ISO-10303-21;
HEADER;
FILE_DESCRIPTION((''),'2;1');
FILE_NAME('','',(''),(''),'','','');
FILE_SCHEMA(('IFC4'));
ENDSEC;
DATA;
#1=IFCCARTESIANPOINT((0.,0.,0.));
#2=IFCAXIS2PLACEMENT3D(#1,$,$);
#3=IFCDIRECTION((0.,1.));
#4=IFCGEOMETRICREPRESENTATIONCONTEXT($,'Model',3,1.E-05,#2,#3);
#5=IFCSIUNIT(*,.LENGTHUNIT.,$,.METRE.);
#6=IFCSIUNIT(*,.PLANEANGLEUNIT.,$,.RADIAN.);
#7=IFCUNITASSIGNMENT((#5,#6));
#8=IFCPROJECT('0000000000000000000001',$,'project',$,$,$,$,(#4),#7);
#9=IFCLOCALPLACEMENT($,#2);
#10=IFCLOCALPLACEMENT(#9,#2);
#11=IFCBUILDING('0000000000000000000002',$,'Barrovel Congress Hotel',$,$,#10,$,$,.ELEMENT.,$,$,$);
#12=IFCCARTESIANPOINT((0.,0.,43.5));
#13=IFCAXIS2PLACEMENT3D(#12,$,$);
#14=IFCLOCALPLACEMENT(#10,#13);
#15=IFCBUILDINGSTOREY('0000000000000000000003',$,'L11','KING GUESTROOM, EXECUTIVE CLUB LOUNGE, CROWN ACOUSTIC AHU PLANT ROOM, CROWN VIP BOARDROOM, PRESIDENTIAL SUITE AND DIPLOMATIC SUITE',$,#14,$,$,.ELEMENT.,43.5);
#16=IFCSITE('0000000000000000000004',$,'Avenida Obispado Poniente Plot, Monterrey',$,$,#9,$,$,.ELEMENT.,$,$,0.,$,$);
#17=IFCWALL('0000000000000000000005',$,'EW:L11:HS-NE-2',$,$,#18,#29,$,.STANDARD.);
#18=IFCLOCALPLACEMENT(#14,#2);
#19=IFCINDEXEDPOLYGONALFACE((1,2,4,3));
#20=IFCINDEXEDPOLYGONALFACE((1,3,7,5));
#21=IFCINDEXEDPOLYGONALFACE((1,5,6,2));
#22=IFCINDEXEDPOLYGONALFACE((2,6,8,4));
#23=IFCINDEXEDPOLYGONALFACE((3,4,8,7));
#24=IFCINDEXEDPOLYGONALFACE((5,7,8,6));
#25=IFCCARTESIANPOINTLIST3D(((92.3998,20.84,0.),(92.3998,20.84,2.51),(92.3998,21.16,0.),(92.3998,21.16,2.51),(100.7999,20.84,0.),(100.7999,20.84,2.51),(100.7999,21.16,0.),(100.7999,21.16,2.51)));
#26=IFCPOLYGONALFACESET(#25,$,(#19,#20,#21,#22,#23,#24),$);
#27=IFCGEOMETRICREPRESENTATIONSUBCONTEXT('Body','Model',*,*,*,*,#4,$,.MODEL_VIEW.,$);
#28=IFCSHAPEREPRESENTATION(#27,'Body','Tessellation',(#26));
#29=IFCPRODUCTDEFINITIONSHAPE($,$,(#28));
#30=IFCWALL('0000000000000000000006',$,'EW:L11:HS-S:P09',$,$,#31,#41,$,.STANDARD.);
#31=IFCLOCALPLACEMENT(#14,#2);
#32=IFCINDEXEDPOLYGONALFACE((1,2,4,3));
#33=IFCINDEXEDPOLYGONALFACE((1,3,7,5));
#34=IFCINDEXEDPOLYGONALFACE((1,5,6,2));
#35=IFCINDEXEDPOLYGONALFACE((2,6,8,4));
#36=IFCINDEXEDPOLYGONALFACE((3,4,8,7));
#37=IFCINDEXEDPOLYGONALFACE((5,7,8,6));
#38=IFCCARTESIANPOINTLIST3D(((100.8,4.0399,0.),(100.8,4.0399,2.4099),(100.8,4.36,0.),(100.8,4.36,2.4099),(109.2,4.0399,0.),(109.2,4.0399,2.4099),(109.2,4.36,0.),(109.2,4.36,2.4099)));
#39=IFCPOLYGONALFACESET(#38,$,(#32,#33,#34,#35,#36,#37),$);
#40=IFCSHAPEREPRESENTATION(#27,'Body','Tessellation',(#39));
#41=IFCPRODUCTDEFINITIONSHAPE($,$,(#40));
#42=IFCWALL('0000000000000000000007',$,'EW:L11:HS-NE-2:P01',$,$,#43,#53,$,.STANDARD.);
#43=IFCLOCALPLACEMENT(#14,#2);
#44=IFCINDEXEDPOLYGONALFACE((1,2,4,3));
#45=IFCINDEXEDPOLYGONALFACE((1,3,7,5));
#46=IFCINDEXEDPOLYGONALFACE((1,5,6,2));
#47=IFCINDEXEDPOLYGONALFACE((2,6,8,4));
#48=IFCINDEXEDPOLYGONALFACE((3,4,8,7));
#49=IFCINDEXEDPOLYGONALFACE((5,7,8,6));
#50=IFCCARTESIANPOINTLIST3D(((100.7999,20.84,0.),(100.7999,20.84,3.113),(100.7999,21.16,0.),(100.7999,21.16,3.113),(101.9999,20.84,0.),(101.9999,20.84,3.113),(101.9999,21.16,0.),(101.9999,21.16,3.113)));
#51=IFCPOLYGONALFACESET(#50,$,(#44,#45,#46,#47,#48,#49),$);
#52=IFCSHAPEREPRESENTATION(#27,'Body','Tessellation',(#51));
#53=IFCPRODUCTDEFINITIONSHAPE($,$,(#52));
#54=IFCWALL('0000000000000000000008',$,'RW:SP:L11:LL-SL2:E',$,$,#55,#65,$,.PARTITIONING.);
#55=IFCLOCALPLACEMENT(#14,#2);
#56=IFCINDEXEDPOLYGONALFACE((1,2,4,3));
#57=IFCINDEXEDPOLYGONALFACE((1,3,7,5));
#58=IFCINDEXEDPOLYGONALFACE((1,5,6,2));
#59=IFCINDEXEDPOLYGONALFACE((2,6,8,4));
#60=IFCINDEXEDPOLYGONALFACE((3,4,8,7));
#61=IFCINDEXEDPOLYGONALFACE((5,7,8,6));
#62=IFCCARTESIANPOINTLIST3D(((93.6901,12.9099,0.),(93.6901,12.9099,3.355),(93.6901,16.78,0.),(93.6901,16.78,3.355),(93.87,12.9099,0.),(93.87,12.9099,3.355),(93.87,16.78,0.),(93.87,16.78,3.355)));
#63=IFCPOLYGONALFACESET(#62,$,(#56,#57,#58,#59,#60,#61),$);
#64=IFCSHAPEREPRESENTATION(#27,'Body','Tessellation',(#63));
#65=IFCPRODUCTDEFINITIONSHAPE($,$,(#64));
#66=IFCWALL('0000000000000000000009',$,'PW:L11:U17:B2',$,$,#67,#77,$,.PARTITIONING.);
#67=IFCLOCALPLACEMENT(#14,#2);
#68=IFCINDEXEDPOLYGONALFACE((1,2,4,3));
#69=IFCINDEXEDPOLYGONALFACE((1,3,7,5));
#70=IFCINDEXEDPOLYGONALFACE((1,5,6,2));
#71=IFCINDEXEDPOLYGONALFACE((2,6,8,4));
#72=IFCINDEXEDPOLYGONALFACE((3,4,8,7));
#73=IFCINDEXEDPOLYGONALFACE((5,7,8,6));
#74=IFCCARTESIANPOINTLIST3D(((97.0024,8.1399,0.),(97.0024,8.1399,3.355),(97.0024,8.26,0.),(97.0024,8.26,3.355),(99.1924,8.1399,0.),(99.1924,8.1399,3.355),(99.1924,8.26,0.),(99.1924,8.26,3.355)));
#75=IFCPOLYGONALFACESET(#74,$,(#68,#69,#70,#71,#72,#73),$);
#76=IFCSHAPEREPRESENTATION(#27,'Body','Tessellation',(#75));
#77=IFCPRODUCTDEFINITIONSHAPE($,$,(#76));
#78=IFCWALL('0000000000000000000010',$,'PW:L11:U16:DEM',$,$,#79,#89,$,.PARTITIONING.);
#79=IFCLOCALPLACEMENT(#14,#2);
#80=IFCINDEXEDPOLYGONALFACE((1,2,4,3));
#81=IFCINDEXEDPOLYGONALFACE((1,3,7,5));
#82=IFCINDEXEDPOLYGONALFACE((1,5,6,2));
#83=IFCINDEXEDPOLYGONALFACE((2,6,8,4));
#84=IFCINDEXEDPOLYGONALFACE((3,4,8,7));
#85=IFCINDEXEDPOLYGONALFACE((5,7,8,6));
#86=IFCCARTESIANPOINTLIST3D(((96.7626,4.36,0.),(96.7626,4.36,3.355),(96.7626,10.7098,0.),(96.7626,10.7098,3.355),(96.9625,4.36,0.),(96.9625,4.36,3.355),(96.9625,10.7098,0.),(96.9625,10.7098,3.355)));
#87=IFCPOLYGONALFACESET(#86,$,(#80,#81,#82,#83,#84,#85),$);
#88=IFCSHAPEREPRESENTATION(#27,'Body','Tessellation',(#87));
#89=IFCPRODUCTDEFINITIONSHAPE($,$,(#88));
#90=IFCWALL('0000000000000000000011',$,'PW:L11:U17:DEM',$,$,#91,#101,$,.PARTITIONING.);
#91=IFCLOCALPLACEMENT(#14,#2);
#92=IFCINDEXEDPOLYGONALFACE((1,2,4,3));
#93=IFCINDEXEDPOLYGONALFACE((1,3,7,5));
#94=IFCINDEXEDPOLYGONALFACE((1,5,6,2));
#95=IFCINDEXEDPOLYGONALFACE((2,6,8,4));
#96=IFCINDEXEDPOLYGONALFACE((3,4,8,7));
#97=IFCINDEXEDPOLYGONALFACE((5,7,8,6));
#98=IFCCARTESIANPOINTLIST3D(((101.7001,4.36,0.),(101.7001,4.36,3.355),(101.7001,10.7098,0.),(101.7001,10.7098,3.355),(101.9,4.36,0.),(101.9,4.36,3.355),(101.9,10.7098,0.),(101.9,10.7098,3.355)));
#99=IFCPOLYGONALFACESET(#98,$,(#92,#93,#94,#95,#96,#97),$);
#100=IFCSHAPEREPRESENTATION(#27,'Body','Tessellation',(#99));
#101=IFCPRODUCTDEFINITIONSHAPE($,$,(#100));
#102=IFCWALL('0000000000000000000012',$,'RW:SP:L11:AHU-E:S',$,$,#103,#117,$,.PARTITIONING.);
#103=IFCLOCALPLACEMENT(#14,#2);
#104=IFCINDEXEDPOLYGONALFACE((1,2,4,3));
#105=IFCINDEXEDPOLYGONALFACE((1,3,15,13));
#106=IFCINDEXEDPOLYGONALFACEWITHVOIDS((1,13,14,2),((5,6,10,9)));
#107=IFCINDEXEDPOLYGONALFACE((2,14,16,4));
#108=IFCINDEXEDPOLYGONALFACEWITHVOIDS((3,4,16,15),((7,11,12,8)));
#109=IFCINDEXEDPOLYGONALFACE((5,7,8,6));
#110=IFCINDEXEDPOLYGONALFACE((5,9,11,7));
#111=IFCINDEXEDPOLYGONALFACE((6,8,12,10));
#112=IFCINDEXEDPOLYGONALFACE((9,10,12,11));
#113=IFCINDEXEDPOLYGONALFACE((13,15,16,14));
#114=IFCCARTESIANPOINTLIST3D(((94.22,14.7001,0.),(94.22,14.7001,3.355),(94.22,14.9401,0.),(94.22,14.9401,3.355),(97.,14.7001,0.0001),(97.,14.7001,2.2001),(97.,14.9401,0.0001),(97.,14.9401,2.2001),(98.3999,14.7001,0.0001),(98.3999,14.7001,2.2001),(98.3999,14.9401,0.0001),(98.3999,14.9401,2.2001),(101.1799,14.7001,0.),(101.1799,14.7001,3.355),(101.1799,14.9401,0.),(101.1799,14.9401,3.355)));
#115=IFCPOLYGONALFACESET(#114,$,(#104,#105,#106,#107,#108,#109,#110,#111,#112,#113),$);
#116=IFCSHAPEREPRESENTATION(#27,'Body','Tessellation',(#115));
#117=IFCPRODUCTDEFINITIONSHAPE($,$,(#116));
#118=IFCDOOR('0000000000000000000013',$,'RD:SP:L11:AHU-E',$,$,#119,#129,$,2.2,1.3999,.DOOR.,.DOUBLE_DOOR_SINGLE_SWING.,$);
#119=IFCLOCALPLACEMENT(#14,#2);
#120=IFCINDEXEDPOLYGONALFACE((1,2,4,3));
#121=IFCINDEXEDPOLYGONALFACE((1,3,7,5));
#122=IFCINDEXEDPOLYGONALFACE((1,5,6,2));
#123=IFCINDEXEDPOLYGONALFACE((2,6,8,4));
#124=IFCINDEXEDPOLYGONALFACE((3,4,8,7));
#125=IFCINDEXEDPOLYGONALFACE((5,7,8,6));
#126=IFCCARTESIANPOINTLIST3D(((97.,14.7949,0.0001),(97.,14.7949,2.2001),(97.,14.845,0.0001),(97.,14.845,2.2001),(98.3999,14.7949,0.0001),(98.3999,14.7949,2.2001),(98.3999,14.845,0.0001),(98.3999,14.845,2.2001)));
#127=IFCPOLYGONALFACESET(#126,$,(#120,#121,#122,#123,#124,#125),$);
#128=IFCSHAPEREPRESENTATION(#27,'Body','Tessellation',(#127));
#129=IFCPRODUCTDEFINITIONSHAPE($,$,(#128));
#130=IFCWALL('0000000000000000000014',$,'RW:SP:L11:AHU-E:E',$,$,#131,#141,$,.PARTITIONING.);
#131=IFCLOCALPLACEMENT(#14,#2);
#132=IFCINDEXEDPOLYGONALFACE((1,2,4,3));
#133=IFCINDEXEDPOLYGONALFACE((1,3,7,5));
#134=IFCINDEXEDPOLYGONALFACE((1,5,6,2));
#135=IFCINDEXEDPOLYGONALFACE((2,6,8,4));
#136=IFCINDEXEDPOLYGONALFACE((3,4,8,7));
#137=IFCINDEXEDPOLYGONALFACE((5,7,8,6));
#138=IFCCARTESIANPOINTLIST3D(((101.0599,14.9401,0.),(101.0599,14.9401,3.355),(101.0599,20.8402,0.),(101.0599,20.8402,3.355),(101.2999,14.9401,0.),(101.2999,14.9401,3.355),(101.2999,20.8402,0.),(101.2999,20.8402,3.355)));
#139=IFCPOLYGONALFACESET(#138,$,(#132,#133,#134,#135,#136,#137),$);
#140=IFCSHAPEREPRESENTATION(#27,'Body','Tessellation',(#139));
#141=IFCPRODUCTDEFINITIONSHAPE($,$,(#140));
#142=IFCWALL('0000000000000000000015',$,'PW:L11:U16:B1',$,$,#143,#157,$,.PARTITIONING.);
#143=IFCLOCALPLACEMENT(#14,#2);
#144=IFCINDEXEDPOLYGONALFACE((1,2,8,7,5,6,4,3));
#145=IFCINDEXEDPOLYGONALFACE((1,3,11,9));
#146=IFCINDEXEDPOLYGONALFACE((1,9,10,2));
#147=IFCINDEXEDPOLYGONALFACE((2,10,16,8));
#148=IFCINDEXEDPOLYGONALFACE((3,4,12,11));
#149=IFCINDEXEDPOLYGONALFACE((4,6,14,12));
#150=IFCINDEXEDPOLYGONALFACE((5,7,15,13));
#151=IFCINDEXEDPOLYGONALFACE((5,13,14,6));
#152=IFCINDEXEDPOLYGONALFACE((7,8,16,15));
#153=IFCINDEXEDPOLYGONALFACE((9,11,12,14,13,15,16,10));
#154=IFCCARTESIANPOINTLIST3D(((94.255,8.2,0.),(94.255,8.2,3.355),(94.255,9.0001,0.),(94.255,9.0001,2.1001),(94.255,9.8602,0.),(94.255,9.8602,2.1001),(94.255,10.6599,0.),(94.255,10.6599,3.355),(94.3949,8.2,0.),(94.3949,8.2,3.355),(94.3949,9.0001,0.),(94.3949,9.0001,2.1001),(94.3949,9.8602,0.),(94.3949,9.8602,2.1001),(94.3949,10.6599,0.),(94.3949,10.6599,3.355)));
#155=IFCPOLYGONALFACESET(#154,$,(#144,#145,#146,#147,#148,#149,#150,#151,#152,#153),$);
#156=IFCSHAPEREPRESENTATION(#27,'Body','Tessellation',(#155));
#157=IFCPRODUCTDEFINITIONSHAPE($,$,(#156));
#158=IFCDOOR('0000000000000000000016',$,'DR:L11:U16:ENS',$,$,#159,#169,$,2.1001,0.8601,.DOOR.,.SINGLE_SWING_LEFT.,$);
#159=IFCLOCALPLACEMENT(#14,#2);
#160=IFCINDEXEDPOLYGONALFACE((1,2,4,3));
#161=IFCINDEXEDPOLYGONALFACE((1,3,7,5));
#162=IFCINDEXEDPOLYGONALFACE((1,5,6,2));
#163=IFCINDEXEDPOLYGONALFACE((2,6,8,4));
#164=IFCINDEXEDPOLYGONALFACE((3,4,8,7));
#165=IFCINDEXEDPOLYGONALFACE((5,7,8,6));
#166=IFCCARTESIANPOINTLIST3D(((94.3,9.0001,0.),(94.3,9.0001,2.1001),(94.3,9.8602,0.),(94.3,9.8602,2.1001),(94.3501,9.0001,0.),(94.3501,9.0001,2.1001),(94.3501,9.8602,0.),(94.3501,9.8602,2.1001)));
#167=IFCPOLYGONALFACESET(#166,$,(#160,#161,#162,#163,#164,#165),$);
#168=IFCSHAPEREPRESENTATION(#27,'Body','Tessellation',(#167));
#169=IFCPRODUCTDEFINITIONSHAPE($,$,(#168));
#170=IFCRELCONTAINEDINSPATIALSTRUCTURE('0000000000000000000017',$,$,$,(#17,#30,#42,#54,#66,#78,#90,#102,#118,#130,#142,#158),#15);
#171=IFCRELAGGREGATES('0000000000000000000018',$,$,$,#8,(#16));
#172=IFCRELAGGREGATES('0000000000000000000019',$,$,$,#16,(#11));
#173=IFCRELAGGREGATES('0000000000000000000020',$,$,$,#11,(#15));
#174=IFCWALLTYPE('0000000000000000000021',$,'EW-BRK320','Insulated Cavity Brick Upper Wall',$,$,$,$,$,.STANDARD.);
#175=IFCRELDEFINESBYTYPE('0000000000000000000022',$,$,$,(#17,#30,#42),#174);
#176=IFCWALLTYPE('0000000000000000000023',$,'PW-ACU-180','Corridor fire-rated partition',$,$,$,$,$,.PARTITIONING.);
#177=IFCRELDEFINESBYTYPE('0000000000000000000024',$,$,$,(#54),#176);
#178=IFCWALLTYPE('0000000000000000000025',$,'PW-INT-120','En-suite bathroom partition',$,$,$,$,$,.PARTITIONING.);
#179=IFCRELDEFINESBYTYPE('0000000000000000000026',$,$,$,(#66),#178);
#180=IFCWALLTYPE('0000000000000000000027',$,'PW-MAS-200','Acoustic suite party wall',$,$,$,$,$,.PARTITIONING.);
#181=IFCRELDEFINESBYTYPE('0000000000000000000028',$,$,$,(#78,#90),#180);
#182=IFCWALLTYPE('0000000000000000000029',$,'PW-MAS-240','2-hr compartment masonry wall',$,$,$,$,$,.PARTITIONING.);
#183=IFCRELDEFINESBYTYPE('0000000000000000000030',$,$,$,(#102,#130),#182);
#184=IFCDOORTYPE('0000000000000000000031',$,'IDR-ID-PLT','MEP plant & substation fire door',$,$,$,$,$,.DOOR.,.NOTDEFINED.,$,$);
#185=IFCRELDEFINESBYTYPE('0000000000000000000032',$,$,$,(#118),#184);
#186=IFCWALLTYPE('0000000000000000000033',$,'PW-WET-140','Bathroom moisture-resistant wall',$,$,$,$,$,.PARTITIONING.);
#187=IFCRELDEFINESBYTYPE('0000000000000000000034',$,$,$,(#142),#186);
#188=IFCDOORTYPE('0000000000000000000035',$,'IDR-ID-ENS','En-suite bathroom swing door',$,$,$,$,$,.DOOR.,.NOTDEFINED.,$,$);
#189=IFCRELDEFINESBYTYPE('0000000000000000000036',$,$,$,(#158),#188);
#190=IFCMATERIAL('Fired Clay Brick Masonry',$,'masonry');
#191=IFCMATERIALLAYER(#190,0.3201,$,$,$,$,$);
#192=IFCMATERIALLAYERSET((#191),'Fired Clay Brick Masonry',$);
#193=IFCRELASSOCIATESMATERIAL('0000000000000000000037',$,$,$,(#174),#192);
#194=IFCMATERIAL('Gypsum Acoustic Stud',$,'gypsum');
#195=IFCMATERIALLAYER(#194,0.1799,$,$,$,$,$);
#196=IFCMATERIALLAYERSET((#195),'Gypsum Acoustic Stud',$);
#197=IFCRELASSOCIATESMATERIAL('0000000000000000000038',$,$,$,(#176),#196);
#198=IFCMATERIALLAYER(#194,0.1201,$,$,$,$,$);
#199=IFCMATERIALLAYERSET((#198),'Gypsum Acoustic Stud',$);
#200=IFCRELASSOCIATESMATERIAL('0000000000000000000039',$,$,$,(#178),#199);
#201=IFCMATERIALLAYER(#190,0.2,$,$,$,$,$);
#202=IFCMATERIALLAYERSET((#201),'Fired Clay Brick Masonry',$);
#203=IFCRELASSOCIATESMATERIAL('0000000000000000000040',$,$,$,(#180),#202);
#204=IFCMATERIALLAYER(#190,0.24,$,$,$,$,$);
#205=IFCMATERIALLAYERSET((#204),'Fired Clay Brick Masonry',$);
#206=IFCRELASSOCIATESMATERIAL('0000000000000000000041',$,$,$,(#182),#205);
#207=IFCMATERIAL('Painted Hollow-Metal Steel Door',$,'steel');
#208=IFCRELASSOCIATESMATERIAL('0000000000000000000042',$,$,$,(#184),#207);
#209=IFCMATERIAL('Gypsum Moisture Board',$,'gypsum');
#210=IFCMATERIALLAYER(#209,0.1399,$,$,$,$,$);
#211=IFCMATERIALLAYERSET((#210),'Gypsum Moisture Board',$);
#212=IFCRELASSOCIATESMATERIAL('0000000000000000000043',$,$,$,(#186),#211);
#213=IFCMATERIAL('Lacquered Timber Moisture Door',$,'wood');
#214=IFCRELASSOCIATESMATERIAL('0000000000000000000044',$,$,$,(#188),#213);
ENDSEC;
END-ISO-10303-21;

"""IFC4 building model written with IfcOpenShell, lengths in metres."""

from ifc_helpers import new_model, si_unit, direction, frame, frame_2d, origin, place, context, subcontext, project, spatial, rectangle, extrude, material, layer, layer_set, type_object, element, fill, save


model = new_model("IFC4")

# Units and contexts
model_context = context("Model", 3, precision=1e-05, world=origin(), true_north=direction((0.0, 1.0)))
body_context = subcontext(model_context, "Body", "Model", "MODEL_VIEW")
ifc_project = project(units=[si_unit("LENGTHUNIT", "METRE"), si_unit("PLANEANGLEUNIT", "RADIAN")], contexts=[model_context])

# Site, building, storey
site_placement = place(None, origin())
site = spatial("IfcSite", under=ifc_project, at=site_placement, Name="Avenida Obispado Poniente Plot, Monterrey", CompositionType="ELEMENT", RefElevation=0.0)
building_placement = place(site_placement, origin())
building = spatial("IfcBuilding", under=site, at=building_placement, Name="Barrovel Congress Hotel", CompositionType="ELEMENT")
storey_placement = place(building_placement, frame((0.0, 0.0, 43.5)))
storey = spatial("IfcBuildingStorey", under=building, at=storey_placement, Name="L11", Description="KING GUESTROOM, EXECUTIVE CLUB LOUNGE, CROWN ACOUSTIC AHU PLANT ROOM, CROWN VIP BOARDROOM, PRESIDENTIAL SUITE AND DIPLOMATIC SUITE", CompositionType="ELEMENT", Elevation=43.5)

# Walls
ifc_material_1 = material(Name="Fired Clay Brick Masonry", Category="masonry")
ifc_layer_1 = layer(ifc_material_1, 0.3201)
ifc_layer_set_1 = layer_set([ifc_layer_1], Name="Fired Clay Brick Masonry")
wall_type_1 = type_object("IfcWallType", Name="EW-BRK320", Description="Insulated Cavity Brick Upper Wall", PredefinedType="STANDARD", material=ifc_layer_set_1)
wall_1_placement = place(storey_placement, frame((100.8, 21.0, 0.0), z_axis=(0.0, 0.0, 1.0), x_axis=(-1.0, 0.0, 0.0)))
element("IfcWall", 1, at=wall_1_placement, inside=storey, type_object=wall_type_1, Name="EW:L11:HS-NE-2", PredefinedType="STANDARD", context=body_context, shape_type="SweptSolid", body=[
    extrude(rectangle(XDim=8.4001, YDim=0.3201, at=frame_2d((4.2002, 0.0))), origin(), (0.0, 0.0, 1.0), 2.51),
])
wall_2_placement = place(storey_placement, frame((100.8, 4.2, 0.0), z_axis=(0.0, 0.0, 1.0), x_axis=(1.0, 0.0, 0.0)))
element("IfcWall", 2, at=wall_2_placement, inside=storey, type_object=wall_type_1, Name="EW:L11:HS-S:P09", PredefinedType="STANDARD", context=body_context, shape_type="SweptSolid", body=[
    extrude(rectangle(XDim=8.3999, YDim=0.3201, at=frame_2d((4.2, 0.0))), origin(), (0.0, 0.0, 1.0), 2.4099),
])
wall_3_placement = place(storey_placement, frame((102.0, 21.0, 0.0), z_axis=(0.0, 0.0, 1.0), x_axis=(-1.0, 0.0, 0.0)))
element("IfcWall", 3, at=wall_3_placement, inside=storey, type_object=wall_type_1, Name="EW:L11:HS-NE-2:P01", PredefinedType="STANDARD", context=body_context, shape_type="SweptSolid", body=[
    extrude(rectangle(XDim=1.2, YDim=0.3201, at=frame_2d((0.6001, 0.0))), origin(), (0.0, 0.0, 1.0), 3.113),
])

# Shared definitions
ifc_material_2 = material(Name="Gypsum Acoustic Stud", Category="gypsum")
ifc_layer_2 = layer(ifc_material_2, 0.1799)
ifc_layer_set_2 = layer_set([ifc_layer_2], Name="Gypsum Acoustic Stud")
wall_type_2 = type_object("IfcWallType", Name="PW-ACU-180", Description="Corridor fire-rated partition", PredefinedType="PARTITIONING", material=ifc_layer_set_2)

# Walls
wall_4_placement = place(storey_placement, frame((93.78, 12.9099, 0.0), z_axis=(0.0, 0.0, 1.0), x_axis=(0.0, 1.0, 0.0)))
element("IfcWall", 4, at=wall_4_placement, inside=storey, type_object=wall_type_2, Name="RW:SP:L11:LL-SL2:E", PredefinedType="PARTITIONING", context=body_context, shape_type="SweptSolid", body=[
    extrude(rectangle(XDim=3.8701, YDim=0.1799, at=frame_2d((1.9351, 0.0))), origin(), (0.0, 0.0, 1.0), 3.355),
])
ifc_layer_3 = layer(ifc_material_2, 0.1201)
ifc_layer_set_3 = layer_set([ifc_layer_3], Name="Gypsum Acoustic Stud")
wall_type_3 = type_object("IfcWallType", Name="PW-INT-120", Description="En-suite bathroom partition", PredefinedType="PARTITIONING", material=ifc_layer_set_3)
wall_5_placement = place(storey_placement, frame((97.0024, 8.2, 0.0), z_axis=(0.0, 0.0, 1.0), x_axis=(1.0, 0.0, 0.0)))
element("IfcWall", 5, at=wall_5_placement, inside=storey, type_object=wall_type_3, Name="PW:L11:U17:B2", PredefinedType="PARTITIONING", context=body_context, shape_type="SweptSolid", body=[
    extrude(rectangle(XDim=2.1899, YDim=0.1201, at=frame_2d((1.095, 0.0))), origin(), (0.0, 0.0, 1.0), 3.355),
])
ifc_layer_4 = layer(ifc_material_1, 0.2)
ifc_layer_set_4 = layer_set([ifc_layer_4], Name="Fired Clay Brick Masonry")
wall_type_4 = type_object("IfcWallType", Name="PW-MAS-200", Description="Acoustic suite party wall", PredefinedType="PARTITIONING", material=ifc_layer_set_4)
for number, where, z_axis, x_axis, name in (
    (6, (96.8625, 4.3601, 0.0), (0.0, 0.0, 1.0), (0.0, 1.0, 0.0), "PW:L11:U16:DEM"),
    (7, (101.8, 4.3601, 0.0), (0.0, 0.0, 1.0), (0.0, 1.0, 0.0), "PW:L11:U17:DEM"),
):
    element("IfcWall", number, at=place(storey_placement, frame(where, z_axis=z_axis, x_axis=x_axis)), inside=storey, type_object=wall_type_4, Name=name, PredefinedType="PARTITIONING", context=body_context, shape_type="SweptSolid", body=[
        extrude(rectangle(XDim=6.3499, YDim=0.2, at=frame_2d((3.1748, 0.0))), origin(), (0.0, 0.0, 1.0), 3.355),
    ])

# Wall, opening, door
ifc_layer_5 = layer(ifc_material_1, 0.24)
ifc_layer_set_5 = layer_set([ifc_layer_5], Name="Fired Clay Brick Masonry")
wall_type_5 = type_object("IfcWallType", Name="PW-MAS-240", Description="2-hr compartment masonry wall", PredefinedType="PARTITIONING", material=ifc_layer_set_5)
wall_6_placement = place(storey_placement, frame((94.22, 14.8201, 0.0), z_axis=(0.0, 0.0, 1.0), x_axis=(1.0, 0.0, 0.0)))
wall_6 = element("IfcWall", 8, at=wall_6_placement, inside=storey, type_object=wall_type_5, Name="RW:SP:L11:AHU-E:S", PredefinedType="PARTITIONING", context=body_context, shape_type="SweptSolid", body=[
    extrude(rectangle(XDim=6.96, YDim=0.24, at=frame_2d((3.48, 0.0))), origin(), (0.0, 0.0, 1.0), 3.355),
])
opening_1_placement = place(wall_6_placement, frame((2.78, 0.0, 0.0)))
opening_1 = element("IfcOpeningElement", 9, at=opening_1_placement, cuts=wall_6, PredefinedType="OPENING", context=body_context, shape_type="SweptSolid", body=[
    extrude(rectangle(XDim=1.3999, YDim=2.2, at=frame_2d((0.7, 1.1001))), frame((0.0, 0.1299, 0.0), z_axis=(0.0, -1.0, 0.0), x_axis=(1.0, 0.0, 0.0)), (0.0, 0.0, 1.0), 0.26),
])
ifc_material_3 = material(Name="Painted Hollow-Metal Steel Door", Category="steel")
door_type_1 = type_object("IfcDoorType", Name="IDR-ID-PLT", Description="MEP plant & substation fire door", OperationType="NOTDEFINED", PredefinedType="DOOR", material=ifc_material_3)
door_1_placement = place(opening_1_placement, origin())
door_1 = element("IfcDoor", 10, at=door_1_placement, inside=storey, type_object=door_type_1, Name="RD:SP:L11:AHU-E", OperationType="DOUBLE_DOOR_SINGLE_SWING", OverallHeight=2.2, OverallWidth=1.3999, PredefinedType="DOOR", context=body_context, shape_type="SweptSolid", body=[
    extrude(rectangle(XDim=1.3999, YDim=2.2, at=frame_2d((0.7, 1.1001))), frame((0.0, 0.0249, 0.0), z_axis=(0.0, -1.0, 0.0), x_axis=(1.0, 0.0, 0.0)), (0.0, 0.0, 1.0), 0.05),
])
fill(opening_1, door_1)

# Wall
wall_7_placement = place(storey_placement, frame((101.1799, 14.9399, 0.0), z_axis=(0.0, 0.0, 1.0), x_axis=(0.0, 1.0, 0.0)))
element("IfcWall", 11, at=wall_7_placement, inside=storey, type_object=wall_type_5, Name="RW:SP:L11:AHU-E:E", PredefinedType="PARTITIONING", context=body_context, shape_type="SweptSolid", body=[
    extrude(rectangle(XDim=5.9001, YDim=0.24, at=frame_2d((2.9502, 0.0))), origin(), (0.0, 0.0, 1.0), 3.355),
])

# Wall, opening, door
ifc_material_4 = material(Name="Gypsum Moisture Board", Category="gypsum")
ifc_layer_6 = layer(ifc_material_4, 0.1399)
ifc_layer_set_6 = layer_set([ifc_layer_6], Name="Gypsum Moisture Board")
wall_type_6 = type_object("IfcWallType", Name="PW-WET-140", Description="Bathroom moisture-resistant wall", PredefinedType="PARTITIONING", material=ifc_layer_set_6)
wall_8_placement = place(storey_placement, frame((94.325, 8.2, 0.0), z_axis=(0.0, 0.0, 1.0), x_axis=(0.0, 1.0, 0.0)))
wall_8 = element("IfcWall", 12, at=wall_8_placement, inside=storey, type_object=wall_type_6, Name="PW:L11:U16:B1", PredefinedType="PARTITIONING", context=body_context, shape_type="SweptSolid", body=[
    extrude(rectangle(XDim=2.46, YDim=0.1399, at=frame_2d((1.23, 0.0))), origin(), (0.0, 0.0, 1.0), 3.355),
])
opening_2_placement = place(wall_8_placement, frame((0.8, 0.0, 0.0)))
opening_2 = element("IfcOpeningElement", 13, at=opening_2_placement, cuts=wall_8, PredefinedType="OPENING", context=body_context, shape_type="SweptSolid", body=[
    extrude(rectangle(XDim=0.8601, YDim=2.1001, at=frame_2d((0.4302, 1.05))), frame((0.0, 0.0801, 0.0), z_axis=(0.0, -1.0, 0.0), x_axis=(1.0, 0.0, 0.0)), (0.0, 0.0, 1.0), 0.1599),
])
ifc_material_5 = material(Name="Lacquered Timber Moisture Door", Category="wood")
door_type_2 = type_object("IfcDoorType", Name="IDR-ID-ENS", Description="En-suite bathroom swing door", OperationType="NOTDEFINED", PredefinedType="DOOR", material=ifc_material_5)
door_2_placement = place(opening_2_placement, origin())
door_2 = element("IfcDoor", 14, at=door_2_placement, inside=storey, type_object=door_type_2, Name="DR:L11:U16:ENS", OperationType="SINGLE_SWING_LEFT", OverallHeight=2.1001, OverallWidth=0.8601, PredefinedType="DOOR", context=body_context, shape_type="SweptSolid", body=[
    extrude(rectangle(XDim=0.8601, YDim=2.1001, at=frame_2d((0.4302, 1.05))), frame((0.0, 0.0249, 0.0), z_axis=(0.0, -1.0, 0.0), x_axis=(1.0, 0.0, 0.0)), (0.0, 0.0, 1.0), 0.05),
])
fill(opening_2, door_2)

save(model, "model.ifc")
